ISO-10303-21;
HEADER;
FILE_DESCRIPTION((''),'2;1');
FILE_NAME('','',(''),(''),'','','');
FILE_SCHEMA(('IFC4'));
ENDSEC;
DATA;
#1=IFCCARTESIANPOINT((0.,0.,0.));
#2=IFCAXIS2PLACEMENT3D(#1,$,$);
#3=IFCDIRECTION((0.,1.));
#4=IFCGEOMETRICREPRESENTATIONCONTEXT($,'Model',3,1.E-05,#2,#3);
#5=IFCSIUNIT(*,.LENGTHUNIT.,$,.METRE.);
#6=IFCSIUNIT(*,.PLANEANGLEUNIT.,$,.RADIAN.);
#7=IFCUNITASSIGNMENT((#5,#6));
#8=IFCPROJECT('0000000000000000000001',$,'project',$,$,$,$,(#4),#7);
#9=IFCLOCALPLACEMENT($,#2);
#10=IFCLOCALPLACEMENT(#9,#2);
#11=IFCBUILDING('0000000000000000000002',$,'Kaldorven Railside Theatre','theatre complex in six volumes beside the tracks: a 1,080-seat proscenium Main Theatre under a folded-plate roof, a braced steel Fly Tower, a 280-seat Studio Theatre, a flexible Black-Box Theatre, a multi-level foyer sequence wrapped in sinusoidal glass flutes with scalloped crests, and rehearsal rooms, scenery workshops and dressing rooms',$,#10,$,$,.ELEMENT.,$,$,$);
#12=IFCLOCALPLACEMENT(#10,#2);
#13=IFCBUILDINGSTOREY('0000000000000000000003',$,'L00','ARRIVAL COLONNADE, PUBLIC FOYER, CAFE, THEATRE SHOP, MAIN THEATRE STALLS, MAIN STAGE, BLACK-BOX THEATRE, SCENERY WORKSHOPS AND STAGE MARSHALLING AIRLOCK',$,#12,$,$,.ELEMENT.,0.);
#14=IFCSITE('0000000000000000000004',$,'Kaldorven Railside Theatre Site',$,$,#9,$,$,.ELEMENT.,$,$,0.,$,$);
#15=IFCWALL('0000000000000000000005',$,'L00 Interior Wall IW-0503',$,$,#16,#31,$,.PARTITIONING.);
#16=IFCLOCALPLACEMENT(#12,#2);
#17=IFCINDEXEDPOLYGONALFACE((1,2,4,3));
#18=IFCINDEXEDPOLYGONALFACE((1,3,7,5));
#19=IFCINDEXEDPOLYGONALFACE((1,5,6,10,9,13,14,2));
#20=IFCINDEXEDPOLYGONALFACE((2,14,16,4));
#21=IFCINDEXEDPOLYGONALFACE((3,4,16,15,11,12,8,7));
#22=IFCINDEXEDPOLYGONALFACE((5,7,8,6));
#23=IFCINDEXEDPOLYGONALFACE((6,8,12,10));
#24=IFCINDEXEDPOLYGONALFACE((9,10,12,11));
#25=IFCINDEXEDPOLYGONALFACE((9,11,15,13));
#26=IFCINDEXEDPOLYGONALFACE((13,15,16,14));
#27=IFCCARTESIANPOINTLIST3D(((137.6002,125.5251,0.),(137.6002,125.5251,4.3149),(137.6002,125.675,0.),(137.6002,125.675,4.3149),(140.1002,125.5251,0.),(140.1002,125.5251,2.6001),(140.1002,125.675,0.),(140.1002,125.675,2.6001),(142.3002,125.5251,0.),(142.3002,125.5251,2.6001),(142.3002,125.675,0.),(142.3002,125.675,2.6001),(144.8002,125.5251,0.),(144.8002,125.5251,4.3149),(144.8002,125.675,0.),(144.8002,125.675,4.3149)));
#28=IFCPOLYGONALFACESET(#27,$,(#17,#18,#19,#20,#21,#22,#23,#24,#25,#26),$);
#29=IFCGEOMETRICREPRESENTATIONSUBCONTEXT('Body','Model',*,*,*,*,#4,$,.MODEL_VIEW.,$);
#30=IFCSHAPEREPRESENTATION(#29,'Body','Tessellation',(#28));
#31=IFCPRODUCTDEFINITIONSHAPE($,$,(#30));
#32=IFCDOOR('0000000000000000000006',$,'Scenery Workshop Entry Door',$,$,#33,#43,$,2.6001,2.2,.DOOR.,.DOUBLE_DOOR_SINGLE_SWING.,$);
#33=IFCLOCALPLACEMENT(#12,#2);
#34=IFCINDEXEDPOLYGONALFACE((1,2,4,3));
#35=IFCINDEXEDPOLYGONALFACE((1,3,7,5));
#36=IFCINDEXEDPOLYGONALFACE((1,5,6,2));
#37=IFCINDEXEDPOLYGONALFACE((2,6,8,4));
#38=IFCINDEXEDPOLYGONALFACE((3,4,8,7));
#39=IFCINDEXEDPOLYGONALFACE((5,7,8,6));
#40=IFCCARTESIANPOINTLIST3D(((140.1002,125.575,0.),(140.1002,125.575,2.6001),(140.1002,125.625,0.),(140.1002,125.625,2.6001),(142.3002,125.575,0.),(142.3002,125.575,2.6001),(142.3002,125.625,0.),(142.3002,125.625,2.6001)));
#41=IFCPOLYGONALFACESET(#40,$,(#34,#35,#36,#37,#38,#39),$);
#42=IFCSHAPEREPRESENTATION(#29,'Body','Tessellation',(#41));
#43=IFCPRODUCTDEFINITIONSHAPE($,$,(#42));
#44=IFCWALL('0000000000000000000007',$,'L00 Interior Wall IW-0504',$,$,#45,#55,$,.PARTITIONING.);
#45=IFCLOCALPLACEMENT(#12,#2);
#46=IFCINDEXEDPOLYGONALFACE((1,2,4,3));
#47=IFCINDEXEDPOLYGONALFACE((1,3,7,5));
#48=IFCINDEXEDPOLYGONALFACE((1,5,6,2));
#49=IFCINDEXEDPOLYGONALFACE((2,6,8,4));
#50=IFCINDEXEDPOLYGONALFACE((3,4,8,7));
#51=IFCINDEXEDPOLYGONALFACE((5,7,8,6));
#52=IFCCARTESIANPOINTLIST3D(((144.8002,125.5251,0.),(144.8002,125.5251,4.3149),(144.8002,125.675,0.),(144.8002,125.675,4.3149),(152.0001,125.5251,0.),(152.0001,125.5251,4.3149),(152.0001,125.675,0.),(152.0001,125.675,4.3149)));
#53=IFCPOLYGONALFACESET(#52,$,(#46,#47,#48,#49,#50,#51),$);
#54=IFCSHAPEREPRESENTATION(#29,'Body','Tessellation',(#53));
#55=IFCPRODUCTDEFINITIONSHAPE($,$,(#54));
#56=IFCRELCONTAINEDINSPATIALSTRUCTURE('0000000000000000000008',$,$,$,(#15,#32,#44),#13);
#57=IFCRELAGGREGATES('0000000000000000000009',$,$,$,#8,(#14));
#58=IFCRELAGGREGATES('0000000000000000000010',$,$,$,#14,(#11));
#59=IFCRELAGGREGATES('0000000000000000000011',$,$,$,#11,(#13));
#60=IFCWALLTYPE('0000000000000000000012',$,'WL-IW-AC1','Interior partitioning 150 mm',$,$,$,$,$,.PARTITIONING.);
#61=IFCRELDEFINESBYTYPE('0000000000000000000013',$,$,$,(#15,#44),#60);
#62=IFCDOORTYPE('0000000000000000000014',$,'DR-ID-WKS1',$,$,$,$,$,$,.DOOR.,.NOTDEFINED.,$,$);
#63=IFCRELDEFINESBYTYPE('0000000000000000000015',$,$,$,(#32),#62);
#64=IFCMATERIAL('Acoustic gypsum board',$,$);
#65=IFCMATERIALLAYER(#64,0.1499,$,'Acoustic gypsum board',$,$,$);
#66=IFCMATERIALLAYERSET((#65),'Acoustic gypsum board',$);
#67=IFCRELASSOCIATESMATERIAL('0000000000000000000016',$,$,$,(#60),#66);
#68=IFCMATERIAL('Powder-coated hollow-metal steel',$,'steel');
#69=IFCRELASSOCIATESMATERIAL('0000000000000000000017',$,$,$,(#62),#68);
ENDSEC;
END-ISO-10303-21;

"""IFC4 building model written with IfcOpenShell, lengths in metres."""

from ifc_helpers import new_model, si_unit, direction, frame, frame_2d, origin, place, context, subcontext, project, spatial, rectangle, extrude, material, layer, layer_set, type_object, element, fill, save


model = new_model("IFC4")

# Units and contexts
model_context = context("Model", 3, precision=1e-05, world=origin(), true_north=direction((0.0, 1.0)))
body_context = subcontext(model_context, "Body", "Model", "MODEL_VIEW")
ifc_project = project(units=[si_unit("LENGTHUNIT", "METRE"), si_unit("PLANEANGLEUNIT", "RADIAN")], contexts=[model_context])

# Site, building, storey
site_placement = place(None, origin())
site = spatial("IfcSite", under=ifc_project, at=site_placement, Name="Kaldorven Railside Theatre Site", CompositionType="ELEMENT", RefElevation=0.0)
building_placement = place(site_placement, origin())
building = spatial("IfcBuilding", under=site, at=building_placement, Name="Kaldorven Railside Theatre", Description="theatre complex in six volumes beside the tracks: a 1,080-seat proscenium Main Theatre under a folded-plate roof, a braced steel Fly Tower, a 280-seat Studio Theatre, a flexible Black-Box Theatre, a multi-level foyer sequence wrapped in sinusoidal glass flutes with scalloped crests, and rehearsal rooms, scenery workshops and dressing rooms", CompositionType="ELEMENT")
storey_placement = place(building_placement, origin())
storey = spatial("IfcBuildingStorey", under=building, at=storey_placement, Name="L00", Description="ARRIVAL COLONNADE, PUBLIC FOYER, CAFE, THEATRE SHOP, MAIN THEATRE STALLS, MAIN STAGE, BLACK-BOX THEATRE, SCENERY WORKSHOPS AND STAGE MARSHALLING AIRLOCK", CompositionType="ELEMENT", Elevation=0.0)

# Wall, opening, door
ifc_material_1 = material(Name="Powder-coated hollow-metal steel", Category="steel")
ifc_material_2 = material(Name="Acoustic gypsum board")
ifc_layer_1 = layer(ifc_material_2, 0.1499, Name="Acoustic gypsum board")
ifc_layer_set_1 = layer_set([ifc_layer_1], Name="Acoustic gypsum board")
wall_type_1 = type_object("IfcWallType", Name="WL-IW-AC1", Description="Interior partitioning 150 mm", PredefinedType="PARTITIONING", material=ifc_layer_set_1)
wall_1_placement = place(storey_placement, frame((137.6001, 125.6001, 0.0), z_axis=(0.0, 0.0, 1.0), x_axis=(1.0, 0.0, 0.0)))
wall_1 = element("IfcWall", 1, at=wall_1_placement, inside=storey, type_object=wall_type_1, Name="L00 Interior Wall IW-0503", PredefinedType="PARTITIONING", context=body_context, shape_type="SweptSolid", body=[
    extrude(rectangle(XDim=7.2, YDim=0.1499, at=frame_2d((3.6001, 0.0))), origin(), (0.0, 0.0, 1.0), 4.3149),
])
opening_1_placement = place(wall_1_placement, frame((2.5, 0.0, 0.0)))
opening_1 = element("IfcOpeningElement", 2, at=opening_1_placement, cuts=wall_1, PredefinedType="OPENING", context=body_context, shape_type="SweptSolid", body=[
    extrude(rectangle(XDim=2.2, YDim=2.6001, at=frame_2d((1.1001, 1.3))), frame((0.0, 0.085, 0.0), z_axis=(0.0, -1.0, 0.0), x_axis=(1.0, 0.0, 0.0)), (0.0, 0.0, 1.0), 0.1699),
])
door_type_1 = type_object("IfcDoorType", Name="DR-ID-WKS1", OperationType="NOTDEFINED", PredefinedType="DOOR", material=ifc_material_1)
door_1_placement = place(opening_1_placement, origin())
door_1 = element("IfcDoor", 3, at=door_1_placement, inside=storey, type_object=door_type_1, Name="Scenery Workshop Entry Door", OperationType="DOUBLE_DOOR_SINGLE_SWING", OverallHeight=2.6001, OverallWidth=2.2, PredefinedType="DOOR", context=body_context, shape_type="SweptSolid", body=[
    extrude(rectangle(XDim=2.2, YDim=2.6001, at=frame_2d((1.1001, 1.3))), frame((0.0, 0.0249, 0.0), z_axis=(0.0, -1.0, 0.0), x_axis=(1.0, 0.0, 0.0)), (0.0, 0.0, 1.0), 0.05),
])
fill(opening_1, door_1)

# Wall
wall_2_placement = place(storey_placement, frame((144.8, 125.6001, 0.0), z_axis=(0.0, 0.0, 1.0), x_axis=(1.0, 0.0, 0.0)))
element("IfcWall", 4, at=wall_2_placement, inside=storey, type_object=wall_type_1, Name="L00 Interior Wall IW-0504", PredefinedType="PARTITIONING", context=body_context, shape_type="SweptSolid", body=[
    extrude(rectangle(XDim=7.2, YDim=0.1499, at=frame_2d((3.6001, 0.0))), origin(), (0.0, 0.0, 1.0), 4.3149),
])

save(model, "model.ifc")
